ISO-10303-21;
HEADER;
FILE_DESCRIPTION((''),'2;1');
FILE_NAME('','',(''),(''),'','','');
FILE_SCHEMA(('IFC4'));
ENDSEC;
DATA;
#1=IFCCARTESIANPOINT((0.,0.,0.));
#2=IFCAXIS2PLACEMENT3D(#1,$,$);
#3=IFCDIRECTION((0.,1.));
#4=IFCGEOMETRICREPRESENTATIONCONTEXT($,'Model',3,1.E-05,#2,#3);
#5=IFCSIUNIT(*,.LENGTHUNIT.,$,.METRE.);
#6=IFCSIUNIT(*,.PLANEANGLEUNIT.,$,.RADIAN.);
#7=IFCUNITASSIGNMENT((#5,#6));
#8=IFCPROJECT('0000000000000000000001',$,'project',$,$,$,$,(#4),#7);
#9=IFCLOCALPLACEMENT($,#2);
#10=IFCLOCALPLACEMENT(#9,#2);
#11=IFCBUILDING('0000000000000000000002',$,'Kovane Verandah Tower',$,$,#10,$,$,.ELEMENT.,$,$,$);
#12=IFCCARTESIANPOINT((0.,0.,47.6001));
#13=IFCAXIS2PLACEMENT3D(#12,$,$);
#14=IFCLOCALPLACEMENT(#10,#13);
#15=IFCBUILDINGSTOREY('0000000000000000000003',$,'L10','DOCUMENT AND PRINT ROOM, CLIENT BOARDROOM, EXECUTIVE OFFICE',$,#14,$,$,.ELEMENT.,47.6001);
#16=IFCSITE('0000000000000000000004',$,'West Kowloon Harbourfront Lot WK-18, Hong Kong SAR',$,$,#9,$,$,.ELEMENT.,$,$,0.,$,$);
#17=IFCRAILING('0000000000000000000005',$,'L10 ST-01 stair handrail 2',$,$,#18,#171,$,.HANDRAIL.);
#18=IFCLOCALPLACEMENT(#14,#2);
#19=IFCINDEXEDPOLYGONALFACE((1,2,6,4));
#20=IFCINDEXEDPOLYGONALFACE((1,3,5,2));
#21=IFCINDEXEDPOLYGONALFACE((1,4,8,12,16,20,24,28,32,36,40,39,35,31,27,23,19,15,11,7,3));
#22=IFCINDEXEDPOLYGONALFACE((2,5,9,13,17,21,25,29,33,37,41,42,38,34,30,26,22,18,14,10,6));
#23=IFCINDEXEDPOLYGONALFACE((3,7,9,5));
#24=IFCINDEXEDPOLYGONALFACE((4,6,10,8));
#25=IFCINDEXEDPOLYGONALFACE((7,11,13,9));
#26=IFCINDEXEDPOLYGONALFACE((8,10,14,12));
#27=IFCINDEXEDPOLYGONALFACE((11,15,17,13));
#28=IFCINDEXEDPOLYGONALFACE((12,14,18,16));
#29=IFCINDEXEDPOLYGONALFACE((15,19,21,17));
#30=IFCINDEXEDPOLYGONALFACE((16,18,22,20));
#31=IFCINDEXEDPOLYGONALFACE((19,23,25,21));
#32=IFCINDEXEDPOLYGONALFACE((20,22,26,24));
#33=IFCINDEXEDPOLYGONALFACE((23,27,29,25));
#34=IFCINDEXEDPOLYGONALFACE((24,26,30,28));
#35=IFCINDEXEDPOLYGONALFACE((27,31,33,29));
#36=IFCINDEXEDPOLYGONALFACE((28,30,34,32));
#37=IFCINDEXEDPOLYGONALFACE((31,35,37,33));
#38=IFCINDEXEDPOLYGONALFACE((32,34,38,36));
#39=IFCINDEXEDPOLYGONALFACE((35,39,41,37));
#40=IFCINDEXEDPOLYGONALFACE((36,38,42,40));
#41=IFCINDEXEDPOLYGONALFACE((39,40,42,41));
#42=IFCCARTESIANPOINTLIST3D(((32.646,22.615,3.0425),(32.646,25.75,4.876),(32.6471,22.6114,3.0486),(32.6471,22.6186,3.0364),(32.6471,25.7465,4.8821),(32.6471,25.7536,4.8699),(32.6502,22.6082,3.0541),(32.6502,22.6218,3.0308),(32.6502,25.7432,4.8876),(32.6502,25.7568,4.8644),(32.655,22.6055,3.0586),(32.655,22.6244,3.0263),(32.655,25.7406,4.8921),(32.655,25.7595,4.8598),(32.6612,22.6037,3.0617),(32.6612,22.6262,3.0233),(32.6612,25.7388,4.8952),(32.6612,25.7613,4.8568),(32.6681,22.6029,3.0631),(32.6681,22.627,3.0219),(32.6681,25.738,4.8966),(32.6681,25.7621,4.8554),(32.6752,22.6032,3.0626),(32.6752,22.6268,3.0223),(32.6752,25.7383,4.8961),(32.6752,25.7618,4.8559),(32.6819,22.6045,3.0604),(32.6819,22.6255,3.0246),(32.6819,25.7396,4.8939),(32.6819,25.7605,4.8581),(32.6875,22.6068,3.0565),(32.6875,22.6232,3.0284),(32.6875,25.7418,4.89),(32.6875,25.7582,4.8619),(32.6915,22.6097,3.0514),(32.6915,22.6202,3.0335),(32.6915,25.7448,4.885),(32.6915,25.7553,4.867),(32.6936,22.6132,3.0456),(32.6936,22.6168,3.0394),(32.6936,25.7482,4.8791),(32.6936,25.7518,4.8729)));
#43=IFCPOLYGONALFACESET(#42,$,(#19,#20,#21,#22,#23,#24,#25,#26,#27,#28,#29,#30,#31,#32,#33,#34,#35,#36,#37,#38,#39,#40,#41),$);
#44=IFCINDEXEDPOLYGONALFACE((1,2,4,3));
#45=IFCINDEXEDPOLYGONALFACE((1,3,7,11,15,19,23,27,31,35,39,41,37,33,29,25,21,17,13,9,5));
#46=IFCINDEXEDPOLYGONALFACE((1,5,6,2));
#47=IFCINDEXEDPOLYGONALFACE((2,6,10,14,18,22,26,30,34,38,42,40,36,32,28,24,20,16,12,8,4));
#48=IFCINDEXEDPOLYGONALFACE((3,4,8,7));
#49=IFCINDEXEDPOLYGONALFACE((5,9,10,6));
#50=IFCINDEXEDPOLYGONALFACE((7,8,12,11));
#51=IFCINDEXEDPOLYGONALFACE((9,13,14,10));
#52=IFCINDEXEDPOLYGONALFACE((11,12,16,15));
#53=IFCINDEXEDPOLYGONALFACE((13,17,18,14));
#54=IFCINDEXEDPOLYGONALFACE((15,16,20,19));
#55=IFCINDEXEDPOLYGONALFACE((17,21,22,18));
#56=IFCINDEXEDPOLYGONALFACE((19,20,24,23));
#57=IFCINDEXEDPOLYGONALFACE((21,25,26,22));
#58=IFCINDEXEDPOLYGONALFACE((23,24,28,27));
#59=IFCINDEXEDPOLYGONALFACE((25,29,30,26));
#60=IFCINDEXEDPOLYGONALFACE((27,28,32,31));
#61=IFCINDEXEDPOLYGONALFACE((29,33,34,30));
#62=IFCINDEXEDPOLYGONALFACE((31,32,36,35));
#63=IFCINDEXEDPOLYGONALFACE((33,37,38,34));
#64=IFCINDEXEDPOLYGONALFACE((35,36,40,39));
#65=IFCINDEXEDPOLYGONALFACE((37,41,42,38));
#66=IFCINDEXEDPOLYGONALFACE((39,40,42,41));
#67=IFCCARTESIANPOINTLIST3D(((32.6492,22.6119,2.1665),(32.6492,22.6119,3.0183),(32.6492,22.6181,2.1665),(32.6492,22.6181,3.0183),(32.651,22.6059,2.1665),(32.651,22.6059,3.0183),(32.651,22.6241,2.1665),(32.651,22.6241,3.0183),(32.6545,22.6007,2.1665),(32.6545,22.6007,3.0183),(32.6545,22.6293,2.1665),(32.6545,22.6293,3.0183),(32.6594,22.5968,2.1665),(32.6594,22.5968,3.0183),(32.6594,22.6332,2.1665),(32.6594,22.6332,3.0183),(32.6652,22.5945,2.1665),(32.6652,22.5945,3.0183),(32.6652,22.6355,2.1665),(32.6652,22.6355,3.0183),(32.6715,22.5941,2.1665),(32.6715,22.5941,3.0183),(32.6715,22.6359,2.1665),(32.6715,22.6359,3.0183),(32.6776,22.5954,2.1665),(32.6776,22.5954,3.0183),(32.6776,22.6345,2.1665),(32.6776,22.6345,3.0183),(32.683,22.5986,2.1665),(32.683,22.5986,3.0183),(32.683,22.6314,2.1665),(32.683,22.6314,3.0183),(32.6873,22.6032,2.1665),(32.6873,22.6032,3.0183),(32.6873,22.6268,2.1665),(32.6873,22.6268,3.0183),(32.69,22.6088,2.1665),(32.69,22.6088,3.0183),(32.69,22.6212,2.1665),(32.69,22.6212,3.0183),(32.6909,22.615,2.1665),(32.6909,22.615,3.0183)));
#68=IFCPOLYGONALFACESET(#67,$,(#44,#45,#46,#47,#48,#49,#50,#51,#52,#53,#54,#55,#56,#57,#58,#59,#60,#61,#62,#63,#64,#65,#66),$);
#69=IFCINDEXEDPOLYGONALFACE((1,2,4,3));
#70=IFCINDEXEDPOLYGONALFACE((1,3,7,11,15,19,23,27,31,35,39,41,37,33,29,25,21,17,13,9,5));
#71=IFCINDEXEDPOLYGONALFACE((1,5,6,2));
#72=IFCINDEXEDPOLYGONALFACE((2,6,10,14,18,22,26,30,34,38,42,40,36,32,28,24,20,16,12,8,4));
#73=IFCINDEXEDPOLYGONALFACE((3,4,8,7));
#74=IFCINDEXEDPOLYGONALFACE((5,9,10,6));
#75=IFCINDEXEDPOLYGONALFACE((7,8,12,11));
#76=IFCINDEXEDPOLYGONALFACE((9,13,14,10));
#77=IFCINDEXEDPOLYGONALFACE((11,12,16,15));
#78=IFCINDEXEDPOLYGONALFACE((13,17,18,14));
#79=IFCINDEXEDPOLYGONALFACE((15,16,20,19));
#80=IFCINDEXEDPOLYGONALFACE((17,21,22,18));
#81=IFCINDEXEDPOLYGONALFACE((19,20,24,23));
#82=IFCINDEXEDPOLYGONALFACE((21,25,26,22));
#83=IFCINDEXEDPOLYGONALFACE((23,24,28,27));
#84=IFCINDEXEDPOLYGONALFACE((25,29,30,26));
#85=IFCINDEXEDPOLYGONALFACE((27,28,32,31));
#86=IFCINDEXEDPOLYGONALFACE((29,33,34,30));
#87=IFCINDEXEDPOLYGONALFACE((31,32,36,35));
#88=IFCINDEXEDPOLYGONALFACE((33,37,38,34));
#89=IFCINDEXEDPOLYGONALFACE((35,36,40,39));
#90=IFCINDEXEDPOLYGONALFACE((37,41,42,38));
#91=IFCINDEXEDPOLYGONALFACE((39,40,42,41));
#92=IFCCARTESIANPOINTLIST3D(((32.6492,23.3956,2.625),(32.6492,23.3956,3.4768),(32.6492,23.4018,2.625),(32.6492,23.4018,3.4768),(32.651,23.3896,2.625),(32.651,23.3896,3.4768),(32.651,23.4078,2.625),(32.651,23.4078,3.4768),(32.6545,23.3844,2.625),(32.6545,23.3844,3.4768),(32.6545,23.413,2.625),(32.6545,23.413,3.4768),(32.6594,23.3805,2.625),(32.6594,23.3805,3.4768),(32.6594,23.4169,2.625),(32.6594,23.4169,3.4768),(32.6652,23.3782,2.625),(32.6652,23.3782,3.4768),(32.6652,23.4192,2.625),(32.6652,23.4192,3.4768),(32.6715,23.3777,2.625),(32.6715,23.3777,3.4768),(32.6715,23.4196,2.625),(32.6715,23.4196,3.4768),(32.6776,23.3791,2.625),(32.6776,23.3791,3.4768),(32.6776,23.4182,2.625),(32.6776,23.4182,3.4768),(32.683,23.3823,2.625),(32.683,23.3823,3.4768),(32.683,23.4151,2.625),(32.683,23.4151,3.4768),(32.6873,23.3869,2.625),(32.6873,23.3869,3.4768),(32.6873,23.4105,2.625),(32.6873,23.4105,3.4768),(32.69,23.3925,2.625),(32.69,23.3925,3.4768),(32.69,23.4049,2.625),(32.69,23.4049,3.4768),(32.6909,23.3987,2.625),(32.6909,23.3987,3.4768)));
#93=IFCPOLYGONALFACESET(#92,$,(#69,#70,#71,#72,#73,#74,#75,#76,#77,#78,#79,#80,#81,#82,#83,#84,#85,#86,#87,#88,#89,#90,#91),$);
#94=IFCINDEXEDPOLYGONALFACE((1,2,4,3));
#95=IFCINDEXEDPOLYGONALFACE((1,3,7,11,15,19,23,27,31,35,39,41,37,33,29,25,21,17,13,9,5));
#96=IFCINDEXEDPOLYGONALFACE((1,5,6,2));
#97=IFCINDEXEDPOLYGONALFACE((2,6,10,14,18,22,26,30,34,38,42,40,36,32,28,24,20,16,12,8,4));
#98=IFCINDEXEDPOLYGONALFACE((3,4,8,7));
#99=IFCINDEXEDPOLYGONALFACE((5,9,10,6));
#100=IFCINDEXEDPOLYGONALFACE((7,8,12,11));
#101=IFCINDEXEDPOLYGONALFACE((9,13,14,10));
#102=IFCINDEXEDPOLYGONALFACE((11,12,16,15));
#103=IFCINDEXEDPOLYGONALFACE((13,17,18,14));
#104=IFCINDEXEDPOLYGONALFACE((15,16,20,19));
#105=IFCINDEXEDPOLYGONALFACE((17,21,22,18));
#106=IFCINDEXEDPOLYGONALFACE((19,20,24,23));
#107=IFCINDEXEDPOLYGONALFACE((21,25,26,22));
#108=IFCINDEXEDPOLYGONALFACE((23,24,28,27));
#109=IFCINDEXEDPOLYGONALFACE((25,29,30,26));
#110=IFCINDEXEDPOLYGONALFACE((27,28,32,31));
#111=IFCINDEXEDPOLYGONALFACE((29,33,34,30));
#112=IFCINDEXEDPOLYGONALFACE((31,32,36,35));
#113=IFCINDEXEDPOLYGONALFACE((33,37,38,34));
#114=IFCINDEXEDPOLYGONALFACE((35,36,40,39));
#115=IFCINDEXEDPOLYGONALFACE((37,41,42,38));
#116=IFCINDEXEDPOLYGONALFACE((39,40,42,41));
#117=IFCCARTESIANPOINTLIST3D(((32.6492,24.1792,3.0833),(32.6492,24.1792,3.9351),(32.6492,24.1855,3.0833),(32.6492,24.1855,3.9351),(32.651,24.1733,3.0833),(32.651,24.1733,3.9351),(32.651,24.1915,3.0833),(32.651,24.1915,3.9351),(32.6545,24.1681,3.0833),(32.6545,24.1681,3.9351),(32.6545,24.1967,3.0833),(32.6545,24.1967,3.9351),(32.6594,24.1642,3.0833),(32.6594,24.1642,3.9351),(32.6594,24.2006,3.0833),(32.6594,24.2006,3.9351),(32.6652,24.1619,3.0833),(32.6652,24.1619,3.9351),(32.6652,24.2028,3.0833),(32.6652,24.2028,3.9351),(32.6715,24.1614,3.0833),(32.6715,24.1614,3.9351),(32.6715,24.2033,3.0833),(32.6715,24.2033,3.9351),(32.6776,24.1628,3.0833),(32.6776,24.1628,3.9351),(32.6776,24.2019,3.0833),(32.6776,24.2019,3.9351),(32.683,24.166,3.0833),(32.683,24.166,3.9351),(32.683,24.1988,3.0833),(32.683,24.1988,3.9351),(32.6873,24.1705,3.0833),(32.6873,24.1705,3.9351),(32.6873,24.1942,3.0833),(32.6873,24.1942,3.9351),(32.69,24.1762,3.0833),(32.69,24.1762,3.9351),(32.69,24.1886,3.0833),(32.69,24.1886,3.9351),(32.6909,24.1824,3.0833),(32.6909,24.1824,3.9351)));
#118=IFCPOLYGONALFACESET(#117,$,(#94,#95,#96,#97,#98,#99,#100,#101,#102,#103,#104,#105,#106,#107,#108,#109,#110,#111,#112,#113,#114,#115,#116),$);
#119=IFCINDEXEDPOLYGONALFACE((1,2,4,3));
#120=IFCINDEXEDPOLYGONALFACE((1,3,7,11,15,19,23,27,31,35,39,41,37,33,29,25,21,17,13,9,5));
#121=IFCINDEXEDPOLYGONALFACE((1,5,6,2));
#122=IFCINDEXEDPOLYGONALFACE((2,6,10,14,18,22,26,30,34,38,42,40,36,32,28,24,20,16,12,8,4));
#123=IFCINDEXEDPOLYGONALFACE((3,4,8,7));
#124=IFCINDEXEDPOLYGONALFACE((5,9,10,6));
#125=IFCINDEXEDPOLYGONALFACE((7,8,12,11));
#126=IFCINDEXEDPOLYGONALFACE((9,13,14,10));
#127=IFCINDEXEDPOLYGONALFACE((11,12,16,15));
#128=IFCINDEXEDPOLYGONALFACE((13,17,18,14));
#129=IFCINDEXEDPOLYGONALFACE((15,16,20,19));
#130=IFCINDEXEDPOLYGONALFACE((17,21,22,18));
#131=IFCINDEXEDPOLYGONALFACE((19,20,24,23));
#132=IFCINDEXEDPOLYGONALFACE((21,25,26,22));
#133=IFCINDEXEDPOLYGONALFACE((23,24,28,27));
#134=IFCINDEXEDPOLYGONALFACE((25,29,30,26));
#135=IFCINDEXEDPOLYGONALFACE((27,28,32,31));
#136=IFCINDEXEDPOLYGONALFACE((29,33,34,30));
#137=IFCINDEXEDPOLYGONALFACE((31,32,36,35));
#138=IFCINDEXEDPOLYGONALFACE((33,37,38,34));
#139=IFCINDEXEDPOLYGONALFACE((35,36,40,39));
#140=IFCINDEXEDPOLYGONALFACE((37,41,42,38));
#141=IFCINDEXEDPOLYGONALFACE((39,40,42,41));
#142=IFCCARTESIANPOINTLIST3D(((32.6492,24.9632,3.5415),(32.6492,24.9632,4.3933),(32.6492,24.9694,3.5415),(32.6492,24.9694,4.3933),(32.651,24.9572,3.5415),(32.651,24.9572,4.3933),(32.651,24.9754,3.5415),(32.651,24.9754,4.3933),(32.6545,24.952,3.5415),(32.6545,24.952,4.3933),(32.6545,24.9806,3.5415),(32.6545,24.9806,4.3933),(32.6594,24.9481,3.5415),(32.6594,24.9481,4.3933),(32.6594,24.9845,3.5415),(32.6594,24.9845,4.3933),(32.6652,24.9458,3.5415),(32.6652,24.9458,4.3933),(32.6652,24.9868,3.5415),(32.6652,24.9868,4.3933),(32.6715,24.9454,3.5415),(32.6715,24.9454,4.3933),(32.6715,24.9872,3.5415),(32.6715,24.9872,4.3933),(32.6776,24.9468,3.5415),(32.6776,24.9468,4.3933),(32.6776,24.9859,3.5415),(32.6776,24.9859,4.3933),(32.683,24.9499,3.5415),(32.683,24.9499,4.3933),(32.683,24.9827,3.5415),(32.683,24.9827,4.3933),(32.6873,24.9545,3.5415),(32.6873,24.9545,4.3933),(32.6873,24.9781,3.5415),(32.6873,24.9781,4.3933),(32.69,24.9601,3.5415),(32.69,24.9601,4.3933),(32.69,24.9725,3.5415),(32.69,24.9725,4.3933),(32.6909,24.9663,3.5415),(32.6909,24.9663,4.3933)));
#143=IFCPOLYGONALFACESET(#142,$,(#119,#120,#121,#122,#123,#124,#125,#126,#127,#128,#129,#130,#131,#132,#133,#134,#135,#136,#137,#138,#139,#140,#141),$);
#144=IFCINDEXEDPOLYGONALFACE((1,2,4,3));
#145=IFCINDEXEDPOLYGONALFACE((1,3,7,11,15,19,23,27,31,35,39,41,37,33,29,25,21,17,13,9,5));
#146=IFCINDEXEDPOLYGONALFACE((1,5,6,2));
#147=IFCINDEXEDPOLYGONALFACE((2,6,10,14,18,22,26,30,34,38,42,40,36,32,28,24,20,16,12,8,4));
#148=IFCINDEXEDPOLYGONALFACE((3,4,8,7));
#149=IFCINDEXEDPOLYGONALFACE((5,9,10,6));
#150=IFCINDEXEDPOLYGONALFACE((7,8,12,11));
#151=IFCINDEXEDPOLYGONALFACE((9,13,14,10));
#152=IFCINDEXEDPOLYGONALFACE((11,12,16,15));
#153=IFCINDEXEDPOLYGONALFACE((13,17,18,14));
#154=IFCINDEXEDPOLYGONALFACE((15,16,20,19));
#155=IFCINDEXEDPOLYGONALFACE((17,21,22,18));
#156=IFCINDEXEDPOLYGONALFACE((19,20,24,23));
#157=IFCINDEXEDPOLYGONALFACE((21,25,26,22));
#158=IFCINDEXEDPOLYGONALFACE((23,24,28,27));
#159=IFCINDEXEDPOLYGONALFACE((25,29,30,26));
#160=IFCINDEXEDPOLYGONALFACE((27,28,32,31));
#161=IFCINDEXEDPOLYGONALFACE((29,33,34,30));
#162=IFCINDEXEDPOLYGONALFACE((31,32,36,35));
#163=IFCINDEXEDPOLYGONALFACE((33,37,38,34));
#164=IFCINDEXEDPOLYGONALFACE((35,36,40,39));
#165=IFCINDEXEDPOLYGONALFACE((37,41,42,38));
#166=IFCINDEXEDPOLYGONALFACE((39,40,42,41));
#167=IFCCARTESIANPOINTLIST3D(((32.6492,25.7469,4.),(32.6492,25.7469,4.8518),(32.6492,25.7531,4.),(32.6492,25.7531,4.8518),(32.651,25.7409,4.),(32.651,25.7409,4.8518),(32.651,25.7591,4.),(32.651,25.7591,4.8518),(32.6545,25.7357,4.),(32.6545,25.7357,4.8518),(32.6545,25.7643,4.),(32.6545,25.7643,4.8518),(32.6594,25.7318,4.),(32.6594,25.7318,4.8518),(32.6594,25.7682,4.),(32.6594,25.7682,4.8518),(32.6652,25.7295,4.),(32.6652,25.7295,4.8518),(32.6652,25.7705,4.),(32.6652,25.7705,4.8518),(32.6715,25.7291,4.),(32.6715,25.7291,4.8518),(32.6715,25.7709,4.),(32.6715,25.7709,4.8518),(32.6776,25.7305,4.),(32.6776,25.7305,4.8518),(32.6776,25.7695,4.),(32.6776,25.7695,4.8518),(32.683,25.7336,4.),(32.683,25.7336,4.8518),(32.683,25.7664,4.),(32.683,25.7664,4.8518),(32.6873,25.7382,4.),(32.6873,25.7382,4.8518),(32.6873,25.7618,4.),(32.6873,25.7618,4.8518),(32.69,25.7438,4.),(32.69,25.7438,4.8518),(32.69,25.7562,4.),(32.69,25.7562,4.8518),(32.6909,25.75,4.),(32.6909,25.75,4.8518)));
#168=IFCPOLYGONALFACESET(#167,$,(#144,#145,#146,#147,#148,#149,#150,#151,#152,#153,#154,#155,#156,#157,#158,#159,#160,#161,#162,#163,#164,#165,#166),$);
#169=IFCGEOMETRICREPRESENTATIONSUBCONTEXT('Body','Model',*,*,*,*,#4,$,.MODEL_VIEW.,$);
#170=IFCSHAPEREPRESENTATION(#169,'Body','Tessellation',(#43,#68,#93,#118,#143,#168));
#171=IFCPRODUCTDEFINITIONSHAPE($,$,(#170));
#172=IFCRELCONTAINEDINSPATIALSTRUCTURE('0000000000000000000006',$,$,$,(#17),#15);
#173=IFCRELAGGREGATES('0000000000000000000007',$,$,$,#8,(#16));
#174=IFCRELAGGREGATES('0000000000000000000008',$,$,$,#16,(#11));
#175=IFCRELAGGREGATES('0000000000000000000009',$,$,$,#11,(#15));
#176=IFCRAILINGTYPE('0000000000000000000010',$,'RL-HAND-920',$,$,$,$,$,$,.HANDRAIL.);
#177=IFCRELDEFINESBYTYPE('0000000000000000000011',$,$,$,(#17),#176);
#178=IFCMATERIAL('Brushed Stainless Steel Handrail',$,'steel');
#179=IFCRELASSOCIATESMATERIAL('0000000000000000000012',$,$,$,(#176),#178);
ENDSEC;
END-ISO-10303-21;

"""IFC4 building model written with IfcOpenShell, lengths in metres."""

from ifc_helpers import new_model, si_unit, direction, frame, origin, origin_2d, place, context, subcontext, project, spatial, circle, extrude, material, type_object, element, save


model = new_model("IFC4")

# Units and contexts
model_context = context("Model", 3, precision=1e-05, world=origin(), true_north=direction((0.0, 1.0)))
body_context = subcontext(model_context, "Body", "Model", "MODEL_VIEW")
ifc_project = project(units=[si_unit("LENGTHUNIT", "METRE"), si_unit("PLANEANGLEUNIT", "RADIAN")], contexts=[model_context])

# Site, building, storey
site_placement = place(None, origin())
site = spatial("IfcSite", under=ifc_project, at=site_placement, Name="West Kowloon Harbourfront Lot WK-18, Hong Kong SAR", CompositionType="ELEMENT", RefElevation=0.0)
building_placement = place(site_placement, origin())
building = spatial("IfcBuilding", under=site, at=building_placement, Name="Kovane Verandah Tower", CompositionType="ELEMENT")
storey_placement = place(building_placement, frame((0.0, 0.0, 47.6001)))
storey = spatial("IfcBuildingStorey", under=building, at=storey_placement, Name="L10", Description="DOCUMENT AND PRINT ROOM, CLIENT BOARDROOM, EXECUTIVE OFFICE", CompositionType="ELEMENT", Elevation=47.6001)

# Railing
ifc_material_1 = material(Name="Brushed Stainless Steel Handrail", Category="steel")
railing_type_1 = type_object("IfcRailingType", Name="RL-HAND-920", PredefinedType="HANDRAIL", material=ifc_material_1)
railing_1_placement = place(storey_placement, frame((32.6699, 22.615, 2.1665)))
element("IfcRailing", 1, at=railing_1_placement, inside=storey, type_object=railing_type_1, Name="L10 ST-01 stair handrail 2", PredefinedType="HANDRAIL", context=body_context, shape_type="SweptSolid", body=[
    extrude(circle(Radius=0.0239, at=origin_2d()), frame((0.0, 0.0, 0.876), z_axis=(0.0, 0.86321, 0.504845), x_axis=(-1.0, 0.0, 0.0)), (0.0, 0.0, 1.0), 3.6318),
    extrude(circle(Radius=0.021, at=origin_2d()), origin(), (0.0, 0.0, 1.0), 0.8518),
    extrude(circle(Radius=0.021, at=origin_2d()), frame((0.0, 0.7837, 0.4585)), (0.0, 0.0, 1.0), 0.8518),
    extrude(circle(Radius=0.021, at=origin_2d()), frame((0.0, 1.5674, 0.9167)), (0.0, 0.0, 1.0), 0.8518),
    extrude(circle(Radius=0.021, at=origin_2d()), frame((0.0, 2.3513, 1.375)), (0.0, 0.0, 1.0), 0.8518),
    extrude(circle(Radius=0.021, at=origin_2d()), frame((0.0, 3.135, 1.8335)), (0.0, 0.0, 1.0), 0.8518),
])

save(model, "model.ifc")
